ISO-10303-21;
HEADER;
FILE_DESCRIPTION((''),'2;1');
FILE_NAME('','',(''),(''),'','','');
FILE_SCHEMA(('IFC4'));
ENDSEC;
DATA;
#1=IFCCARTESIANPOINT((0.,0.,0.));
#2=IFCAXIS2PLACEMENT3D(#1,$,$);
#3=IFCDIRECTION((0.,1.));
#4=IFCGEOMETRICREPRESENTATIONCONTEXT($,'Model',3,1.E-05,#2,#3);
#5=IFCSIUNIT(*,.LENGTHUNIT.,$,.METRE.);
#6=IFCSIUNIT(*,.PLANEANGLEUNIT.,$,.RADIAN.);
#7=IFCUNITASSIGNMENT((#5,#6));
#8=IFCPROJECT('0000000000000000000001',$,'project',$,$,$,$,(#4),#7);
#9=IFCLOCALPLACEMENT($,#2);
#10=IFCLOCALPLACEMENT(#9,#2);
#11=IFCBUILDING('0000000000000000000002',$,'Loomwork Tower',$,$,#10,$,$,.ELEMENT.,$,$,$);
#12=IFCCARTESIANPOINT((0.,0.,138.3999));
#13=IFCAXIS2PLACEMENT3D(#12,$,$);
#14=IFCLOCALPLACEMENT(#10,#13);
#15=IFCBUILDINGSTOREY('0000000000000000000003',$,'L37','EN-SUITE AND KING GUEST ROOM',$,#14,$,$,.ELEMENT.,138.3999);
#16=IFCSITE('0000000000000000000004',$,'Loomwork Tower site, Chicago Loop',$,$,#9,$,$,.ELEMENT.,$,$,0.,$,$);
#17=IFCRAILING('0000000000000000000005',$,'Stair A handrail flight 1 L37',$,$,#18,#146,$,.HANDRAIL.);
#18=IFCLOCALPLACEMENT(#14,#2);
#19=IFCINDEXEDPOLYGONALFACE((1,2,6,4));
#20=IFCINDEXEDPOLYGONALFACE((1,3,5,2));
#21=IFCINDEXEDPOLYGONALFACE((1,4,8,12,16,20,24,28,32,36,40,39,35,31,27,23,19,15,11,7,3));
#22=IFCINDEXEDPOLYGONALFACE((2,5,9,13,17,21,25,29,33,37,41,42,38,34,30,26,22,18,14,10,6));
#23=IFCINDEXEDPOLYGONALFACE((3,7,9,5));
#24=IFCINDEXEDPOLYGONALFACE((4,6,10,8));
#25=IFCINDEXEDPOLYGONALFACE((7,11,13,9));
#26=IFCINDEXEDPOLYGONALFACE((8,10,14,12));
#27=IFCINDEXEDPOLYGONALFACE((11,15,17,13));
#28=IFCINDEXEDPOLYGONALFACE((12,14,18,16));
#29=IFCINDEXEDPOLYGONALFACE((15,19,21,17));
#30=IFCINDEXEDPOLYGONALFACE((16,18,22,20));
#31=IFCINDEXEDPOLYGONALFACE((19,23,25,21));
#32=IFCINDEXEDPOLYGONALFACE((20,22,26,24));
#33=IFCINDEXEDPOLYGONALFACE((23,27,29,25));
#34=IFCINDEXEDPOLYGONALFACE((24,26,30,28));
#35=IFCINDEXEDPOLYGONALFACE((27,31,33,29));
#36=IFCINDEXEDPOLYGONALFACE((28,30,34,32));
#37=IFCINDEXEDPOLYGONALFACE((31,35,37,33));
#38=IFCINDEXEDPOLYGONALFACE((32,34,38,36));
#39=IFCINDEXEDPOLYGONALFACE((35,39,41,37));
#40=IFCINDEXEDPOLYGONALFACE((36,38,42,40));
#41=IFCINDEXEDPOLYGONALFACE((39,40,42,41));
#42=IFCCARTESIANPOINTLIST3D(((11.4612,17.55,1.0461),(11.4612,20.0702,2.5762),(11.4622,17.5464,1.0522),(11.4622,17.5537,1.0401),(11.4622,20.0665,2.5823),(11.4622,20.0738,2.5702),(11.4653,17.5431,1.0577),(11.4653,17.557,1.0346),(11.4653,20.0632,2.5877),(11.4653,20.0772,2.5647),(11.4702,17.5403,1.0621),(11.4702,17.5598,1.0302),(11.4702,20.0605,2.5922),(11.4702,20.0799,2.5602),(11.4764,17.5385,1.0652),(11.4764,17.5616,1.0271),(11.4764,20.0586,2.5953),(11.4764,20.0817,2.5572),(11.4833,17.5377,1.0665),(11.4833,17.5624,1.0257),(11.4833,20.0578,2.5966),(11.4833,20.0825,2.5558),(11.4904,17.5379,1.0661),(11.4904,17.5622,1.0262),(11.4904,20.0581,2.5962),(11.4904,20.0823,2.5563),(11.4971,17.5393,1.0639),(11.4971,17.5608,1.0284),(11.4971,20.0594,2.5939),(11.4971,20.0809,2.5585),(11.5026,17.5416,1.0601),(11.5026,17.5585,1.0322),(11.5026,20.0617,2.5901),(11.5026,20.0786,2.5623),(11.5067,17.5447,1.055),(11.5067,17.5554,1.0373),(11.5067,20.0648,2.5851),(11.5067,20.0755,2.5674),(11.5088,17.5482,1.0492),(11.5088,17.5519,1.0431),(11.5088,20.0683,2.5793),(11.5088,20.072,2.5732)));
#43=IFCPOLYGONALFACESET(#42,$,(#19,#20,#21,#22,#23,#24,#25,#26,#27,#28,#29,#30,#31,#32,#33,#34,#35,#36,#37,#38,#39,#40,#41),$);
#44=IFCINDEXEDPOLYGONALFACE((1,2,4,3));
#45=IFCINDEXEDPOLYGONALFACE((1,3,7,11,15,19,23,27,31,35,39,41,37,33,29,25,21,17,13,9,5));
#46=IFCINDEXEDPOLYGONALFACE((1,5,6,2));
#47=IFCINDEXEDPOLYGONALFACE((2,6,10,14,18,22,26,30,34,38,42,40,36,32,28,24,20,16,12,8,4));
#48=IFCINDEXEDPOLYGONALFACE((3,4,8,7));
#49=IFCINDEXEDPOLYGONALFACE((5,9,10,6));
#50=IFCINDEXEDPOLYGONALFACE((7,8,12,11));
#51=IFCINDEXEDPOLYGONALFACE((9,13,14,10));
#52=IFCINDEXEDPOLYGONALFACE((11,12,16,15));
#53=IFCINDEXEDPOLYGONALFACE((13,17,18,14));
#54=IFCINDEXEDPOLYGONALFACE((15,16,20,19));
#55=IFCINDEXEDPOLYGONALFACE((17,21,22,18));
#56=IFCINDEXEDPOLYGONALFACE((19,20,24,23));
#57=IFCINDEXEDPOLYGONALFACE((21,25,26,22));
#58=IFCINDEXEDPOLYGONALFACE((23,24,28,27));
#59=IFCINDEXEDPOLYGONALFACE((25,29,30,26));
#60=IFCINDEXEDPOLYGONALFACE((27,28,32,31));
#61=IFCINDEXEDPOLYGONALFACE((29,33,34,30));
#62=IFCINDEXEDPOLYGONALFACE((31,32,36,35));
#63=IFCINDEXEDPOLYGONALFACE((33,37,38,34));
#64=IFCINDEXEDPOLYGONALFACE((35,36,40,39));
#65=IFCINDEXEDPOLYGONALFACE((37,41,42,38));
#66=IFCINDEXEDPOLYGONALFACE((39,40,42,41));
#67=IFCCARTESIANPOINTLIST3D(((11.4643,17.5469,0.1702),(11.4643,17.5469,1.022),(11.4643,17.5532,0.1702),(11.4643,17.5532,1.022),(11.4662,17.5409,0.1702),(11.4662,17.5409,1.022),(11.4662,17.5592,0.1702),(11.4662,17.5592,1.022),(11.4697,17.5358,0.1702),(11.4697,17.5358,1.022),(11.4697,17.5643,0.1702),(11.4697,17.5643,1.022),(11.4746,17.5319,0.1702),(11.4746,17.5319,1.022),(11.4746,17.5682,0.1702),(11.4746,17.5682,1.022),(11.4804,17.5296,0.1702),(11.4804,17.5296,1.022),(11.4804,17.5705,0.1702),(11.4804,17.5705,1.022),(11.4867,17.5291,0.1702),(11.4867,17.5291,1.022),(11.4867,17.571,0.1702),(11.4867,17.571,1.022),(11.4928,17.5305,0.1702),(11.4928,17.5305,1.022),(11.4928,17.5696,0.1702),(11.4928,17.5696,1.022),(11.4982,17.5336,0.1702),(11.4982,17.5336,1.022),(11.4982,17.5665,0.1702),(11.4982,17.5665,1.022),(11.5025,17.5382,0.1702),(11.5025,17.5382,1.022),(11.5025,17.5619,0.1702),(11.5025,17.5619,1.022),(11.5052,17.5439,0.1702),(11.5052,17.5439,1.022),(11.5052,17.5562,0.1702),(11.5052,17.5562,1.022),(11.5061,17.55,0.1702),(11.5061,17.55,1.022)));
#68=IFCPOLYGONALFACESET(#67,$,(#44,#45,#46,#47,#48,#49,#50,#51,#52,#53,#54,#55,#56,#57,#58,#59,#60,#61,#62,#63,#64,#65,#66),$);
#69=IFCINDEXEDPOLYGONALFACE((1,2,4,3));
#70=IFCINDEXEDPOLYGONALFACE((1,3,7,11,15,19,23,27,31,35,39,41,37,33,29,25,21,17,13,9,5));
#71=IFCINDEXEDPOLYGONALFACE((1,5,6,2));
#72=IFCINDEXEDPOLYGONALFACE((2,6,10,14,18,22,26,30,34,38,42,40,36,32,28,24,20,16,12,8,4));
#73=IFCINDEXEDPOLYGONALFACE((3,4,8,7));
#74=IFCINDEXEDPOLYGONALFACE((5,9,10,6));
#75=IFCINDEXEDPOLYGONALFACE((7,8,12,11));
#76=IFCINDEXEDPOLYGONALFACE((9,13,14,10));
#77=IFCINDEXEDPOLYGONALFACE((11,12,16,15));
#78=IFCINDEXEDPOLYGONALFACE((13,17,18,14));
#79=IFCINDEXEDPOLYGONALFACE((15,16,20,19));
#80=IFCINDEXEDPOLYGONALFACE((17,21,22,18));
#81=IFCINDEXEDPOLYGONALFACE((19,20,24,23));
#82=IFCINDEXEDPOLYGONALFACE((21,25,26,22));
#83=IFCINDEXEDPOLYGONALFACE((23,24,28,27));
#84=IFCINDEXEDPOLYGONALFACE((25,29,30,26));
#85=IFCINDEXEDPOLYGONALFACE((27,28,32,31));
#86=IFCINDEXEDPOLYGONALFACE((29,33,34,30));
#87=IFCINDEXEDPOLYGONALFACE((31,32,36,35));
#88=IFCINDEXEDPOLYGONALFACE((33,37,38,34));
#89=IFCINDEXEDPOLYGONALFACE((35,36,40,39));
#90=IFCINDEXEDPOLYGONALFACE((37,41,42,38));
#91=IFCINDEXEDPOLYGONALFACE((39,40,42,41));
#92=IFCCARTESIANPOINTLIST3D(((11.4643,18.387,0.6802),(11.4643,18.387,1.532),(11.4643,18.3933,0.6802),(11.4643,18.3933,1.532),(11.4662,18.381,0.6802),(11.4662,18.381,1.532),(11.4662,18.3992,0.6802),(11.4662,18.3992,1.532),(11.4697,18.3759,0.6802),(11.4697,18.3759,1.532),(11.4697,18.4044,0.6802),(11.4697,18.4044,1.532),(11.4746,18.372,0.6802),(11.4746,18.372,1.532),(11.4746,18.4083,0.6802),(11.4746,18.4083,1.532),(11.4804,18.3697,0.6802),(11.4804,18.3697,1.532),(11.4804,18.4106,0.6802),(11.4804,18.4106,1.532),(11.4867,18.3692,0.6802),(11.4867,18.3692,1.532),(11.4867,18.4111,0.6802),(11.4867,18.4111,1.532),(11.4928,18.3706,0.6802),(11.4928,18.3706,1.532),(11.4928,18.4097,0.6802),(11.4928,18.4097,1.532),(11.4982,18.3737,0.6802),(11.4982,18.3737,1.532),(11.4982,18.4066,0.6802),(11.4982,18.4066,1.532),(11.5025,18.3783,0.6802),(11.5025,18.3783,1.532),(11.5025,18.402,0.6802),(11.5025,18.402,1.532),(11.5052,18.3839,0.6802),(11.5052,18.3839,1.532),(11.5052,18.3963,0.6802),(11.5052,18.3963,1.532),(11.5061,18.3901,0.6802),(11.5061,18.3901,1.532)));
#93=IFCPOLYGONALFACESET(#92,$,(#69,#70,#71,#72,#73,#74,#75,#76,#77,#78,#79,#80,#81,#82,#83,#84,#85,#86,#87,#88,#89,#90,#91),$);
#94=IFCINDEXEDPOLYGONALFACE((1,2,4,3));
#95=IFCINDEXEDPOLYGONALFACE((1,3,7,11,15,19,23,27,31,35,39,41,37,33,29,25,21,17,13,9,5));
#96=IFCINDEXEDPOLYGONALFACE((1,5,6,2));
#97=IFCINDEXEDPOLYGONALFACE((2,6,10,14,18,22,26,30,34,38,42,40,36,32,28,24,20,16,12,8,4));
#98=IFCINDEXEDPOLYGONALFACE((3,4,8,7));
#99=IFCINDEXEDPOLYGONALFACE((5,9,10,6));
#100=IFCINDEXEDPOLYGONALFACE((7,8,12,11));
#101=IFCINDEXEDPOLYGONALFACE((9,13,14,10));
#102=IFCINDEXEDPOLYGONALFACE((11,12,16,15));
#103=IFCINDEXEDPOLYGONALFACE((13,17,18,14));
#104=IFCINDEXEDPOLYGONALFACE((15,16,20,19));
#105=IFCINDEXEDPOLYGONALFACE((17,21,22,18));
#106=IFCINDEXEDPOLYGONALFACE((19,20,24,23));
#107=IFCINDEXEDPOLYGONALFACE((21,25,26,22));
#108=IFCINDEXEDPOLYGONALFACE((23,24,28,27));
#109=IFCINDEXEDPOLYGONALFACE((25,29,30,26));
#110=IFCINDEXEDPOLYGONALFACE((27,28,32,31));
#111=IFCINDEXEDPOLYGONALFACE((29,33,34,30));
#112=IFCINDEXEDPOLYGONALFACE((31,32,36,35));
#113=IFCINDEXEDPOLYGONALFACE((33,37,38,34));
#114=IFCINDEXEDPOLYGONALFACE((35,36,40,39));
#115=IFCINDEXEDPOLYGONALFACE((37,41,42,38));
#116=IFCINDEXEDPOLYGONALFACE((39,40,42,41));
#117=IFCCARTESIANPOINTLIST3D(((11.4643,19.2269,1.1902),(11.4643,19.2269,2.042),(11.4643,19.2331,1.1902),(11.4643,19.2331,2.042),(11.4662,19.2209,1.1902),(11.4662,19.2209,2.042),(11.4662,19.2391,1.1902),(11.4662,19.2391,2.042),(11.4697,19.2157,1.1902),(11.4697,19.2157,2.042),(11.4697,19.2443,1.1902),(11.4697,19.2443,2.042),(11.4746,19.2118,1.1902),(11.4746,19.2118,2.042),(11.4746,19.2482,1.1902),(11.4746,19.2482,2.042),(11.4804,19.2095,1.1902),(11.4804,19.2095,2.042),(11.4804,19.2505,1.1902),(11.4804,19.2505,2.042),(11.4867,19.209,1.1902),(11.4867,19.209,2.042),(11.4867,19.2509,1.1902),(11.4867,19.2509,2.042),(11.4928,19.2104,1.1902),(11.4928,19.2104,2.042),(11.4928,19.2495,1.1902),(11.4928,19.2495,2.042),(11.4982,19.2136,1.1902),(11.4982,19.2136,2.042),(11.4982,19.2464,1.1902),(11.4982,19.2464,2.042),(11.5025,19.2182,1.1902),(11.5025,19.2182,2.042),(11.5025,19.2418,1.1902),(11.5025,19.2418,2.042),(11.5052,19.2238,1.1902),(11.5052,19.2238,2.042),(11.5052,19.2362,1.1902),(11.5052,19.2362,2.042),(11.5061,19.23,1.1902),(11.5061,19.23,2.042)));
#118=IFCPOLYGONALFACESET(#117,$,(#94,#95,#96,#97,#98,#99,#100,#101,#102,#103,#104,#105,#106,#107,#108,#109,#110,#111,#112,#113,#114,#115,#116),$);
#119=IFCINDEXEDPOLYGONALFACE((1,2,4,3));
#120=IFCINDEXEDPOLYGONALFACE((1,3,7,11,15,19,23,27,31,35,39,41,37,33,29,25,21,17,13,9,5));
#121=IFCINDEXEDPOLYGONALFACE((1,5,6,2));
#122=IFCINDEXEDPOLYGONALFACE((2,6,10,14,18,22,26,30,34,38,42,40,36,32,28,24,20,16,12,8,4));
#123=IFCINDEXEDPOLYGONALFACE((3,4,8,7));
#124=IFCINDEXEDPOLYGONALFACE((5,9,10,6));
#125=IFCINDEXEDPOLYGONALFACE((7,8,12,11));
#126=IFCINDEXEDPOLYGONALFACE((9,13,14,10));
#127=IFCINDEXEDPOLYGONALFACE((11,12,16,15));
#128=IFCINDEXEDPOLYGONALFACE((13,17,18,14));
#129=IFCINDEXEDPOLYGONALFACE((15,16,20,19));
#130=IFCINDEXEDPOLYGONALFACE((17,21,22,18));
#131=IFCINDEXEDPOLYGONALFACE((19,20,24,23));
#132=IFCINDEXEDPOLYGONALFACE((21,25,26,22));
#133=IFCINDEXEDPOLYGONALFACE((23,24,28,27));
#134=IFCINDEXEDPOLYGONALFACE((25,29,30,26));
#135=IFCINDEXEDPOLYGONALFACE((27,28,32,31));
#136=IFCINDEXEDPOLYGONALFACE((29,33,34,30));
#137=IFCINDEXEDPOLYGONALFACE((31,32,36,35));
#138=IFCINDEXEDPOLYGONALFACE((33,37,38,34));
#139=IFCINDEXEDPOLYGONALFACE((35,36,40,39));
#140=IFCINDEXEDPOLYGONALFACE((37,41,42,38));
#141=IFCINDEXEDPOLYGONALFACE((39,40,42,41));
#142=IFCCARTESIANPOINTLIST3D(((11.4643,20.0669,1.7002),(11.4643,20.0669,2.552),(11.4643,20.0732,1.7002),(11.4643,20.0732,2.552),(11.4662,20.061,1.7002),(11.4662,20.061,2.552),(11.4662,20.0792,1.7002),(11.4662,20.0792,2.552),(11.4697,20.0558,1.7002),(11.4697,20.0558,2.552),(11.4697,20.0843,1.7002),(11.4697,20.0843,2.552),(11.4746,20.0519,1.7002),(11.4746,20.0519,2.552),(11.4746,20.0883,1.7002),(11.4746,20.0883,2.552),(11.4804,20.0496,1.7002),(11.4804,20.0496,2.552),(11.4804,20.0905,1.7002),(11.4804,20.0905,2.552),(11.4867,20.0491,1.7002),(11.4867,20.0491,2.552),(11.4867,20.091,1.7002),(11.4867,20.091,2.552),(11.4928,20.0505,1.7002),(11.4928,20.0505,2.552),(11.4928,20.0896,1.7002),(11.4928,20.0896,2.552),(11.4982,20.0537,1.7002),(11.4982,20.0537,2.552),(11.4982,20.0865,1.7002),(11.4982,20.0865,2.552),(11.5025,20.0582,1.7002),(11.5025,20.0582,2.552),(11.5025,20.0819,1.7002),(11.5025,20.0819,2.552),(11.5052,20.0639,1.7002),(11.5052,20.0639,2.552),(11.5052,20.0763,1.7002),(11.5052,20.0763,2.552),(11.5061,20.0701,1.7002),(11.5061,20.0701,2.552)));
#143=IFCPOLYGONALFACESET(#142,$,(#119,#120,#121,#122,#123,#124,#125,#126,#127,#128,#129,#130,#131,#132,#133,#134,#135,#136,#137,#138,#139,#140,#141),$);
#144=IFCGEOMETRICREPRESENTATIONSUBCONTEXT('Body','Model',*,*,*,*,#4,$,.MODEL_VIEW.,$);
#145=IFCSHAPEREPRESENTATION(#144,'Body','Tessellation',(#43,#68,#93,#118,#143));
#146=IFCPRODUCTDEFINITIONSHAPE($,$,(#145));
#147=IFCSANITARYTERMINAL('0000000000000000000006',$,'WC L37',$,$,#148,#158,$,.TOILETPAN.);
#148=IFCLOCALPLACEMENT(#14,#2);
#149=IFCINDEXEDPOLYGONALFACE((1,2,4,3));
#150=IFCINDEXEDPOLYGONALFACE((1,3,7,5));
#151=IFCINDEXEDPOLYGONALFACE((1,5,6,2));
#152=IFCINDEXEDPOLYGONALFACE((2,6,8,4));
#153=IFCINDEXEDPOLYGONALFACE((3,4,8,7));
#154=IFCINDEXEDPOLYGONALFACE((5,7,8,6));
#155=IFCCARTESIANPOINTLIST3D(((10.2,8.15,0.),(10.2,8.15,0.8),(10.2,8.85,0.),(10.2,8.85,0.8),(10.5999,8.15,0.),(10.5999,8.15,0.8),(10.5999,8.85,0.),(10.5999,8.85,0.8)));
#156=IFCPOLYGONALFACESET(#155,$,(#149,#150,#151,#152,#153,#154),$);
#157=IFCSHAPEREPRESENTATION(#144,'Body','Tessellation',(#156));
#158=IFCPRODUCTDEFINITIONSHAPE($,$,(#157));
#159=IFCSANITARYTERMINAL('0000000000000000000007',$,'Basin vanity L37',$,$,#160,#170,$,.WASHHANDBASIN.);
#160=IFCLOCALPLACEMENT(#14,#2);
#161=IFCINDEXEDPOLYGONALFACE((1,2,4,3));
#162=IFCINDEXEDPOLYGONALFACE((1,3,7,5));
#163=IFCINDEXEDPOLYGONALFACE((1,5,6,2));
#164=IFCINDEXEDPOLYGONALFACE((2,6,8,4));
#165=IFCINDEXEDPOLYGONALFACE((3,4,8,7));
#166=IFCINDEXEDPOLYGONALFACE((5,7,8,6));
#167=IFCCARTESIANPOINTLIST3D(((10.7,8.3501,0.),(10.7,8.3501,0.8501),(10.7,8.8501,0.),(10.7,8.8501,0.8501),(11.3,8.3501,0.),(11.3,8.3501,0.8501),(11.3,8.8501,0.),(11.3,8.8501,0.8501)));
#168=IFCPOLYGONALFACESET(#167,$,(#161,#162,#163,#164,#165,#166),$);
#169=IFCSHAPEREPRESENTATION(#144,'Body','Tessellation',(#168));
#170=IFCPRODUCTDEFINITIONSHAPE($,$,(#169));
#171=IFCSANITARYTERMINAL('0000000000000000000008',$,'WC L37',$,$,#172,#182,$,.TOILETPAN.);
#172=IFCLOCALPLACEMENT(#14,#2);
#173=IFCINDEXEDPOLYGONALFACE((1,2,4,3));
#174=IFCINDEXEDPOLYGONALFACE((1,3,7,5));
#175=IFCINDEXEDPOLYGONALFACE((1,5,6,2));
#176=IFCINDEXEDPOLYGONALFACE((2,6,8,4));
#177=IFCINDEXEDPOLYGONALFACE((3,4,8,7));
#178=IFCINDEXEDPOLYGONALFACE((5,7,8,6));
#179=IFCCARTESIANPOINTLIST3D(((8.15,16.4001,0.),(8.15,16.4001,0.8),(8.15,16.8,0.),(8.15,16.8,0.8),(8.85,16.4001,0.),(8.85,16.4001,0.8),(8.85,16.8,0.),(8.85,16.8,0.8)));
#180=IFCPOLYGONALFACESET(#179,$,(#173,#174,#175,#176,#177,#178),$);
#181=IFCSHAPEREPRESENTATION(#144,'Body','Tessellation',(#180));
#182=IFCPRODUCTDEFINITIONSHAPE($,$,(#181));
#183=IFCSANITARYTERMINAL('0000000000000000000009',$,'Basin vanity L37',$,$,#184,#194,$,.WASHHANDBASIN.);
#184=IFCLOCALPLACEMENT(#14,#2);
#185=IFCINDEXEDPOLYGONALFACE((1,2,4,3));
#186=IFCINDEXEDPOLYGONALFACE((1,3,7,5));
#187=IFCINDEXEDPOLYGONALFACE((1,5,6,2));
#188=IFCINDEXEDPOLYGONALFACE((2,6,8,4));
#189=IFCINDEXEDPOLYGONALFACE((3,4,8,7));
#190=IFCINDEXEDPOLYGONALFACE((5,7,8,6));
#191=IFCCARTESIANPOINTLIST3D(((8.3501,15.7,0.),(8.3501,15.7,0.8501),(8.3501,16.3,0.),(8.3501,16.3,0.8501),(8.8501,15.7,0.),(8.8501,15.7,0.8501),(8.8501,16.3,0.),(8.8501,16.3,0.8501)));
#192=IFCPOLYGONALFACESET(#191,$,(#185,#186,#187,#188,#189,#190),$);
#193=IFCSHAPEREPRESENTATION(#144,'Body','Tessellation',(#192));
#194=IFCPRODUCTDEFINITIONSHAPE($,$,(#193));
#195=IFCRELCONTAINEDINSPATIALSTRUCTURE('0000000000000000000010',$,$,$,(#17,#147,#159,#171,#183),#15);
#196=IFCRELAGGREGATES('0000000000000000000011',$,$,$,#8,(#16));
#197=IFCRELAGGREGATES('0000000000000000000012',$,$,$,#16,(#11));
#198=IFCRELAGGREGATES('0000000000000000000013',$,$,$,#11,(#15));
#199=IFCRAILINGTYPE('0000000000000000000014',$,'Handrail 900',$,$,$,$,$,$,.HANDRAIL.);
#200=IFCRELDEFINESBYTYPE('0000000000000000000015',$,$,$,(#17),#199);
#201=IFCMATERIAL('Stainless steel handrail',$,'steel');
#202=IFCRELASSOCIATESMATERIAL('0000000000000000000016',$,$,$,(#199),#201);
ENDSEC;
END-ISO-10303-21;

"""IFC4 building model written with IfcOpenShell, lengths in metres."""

from ifc_helpers import new_model, si_unit, direction, frame, origin, origin_2d, place, context, subcontext, project, spatial, rectangle, circle, extrude, material, type_object, element, save


model = new_model("IFC4")

# Units and contexts
model_context = context("Model", 3, precision=1e-05, world=origin(), true_north=direction((0.0, 1.0)))
body_context = subcontext(model_context, "Body", "Model", "MODEL_VIEW")
ifc_project = project(units=[si_unit("LENGTHUNIT", "METRE"), si_unit("PLANEANGLEUNIT", "RADIAN")], contexts=[model_context])

# Site, building, storey
site_placement = place(None, origin())
site = spatial("IfcSite", under=ifc_project, at=site_placement, Name="Loomwork Tower site, Chicago Loop", CompositionType="ELEMENT", RefElevation=0.0)
building_placement = place(site_placement, origin())
building = spatial("IfcBuilding", under=site, at=building_placement, Name="Loomwork Tower", CompositionType="ELEMENT")
storey_placement = place(building_placement, frame((0.0, 0.0, 138.3999)))
storey = spatial("IfcBuildingStorey", under=building, at=storey_placement, Name="L37", Description="EN-SUITE AND KING GUEST ROOM", CompositionType="ELEMENT", Elevation=138.3999)

# Railing
ifc_material_1 = material(Name="Stainless steel handrail", Category="steel")
railing_type = type_object("IfcRailingType", Name="Handrail 900", PredefinedType="HANDRAIL", material=ifc_material_1)
railing_placement = place(storey_placement, frame((11.4851, 17.55, 0.1702)))
element("IfcRailing", 1, at=railing_placement, inside=storey, type_object=railing_type, Name="Stair A handrail flight 1 L37", PredefinedType="HANDRAIL", context=body_context, shape_type="SweptSolid", body=[
    extrude(circle(Radius=0.0239, at=origin_2d()), frame((0.0, 0.0, 0.876), z_axis=(0.0, 0.854785, 0.518982), x_axis=(-1.0, 0.0, 0.0)), (0.0, 0.0, 1.0), 2.9482),
    extrude(circle(Radius=0.021, at=origin_2d()), origin(), (0.0, 0.0, 1.0), 0.8518),
    extrude(circle(Radius=0.021, at=origin_2d()), frame((0.0, 0.8401, 0.51)), (0.0, 0.0, 1.0), 0.8518),
    extrude(circle(Radius=0.021, at=origin_2d()), frame((0.0, 1.6799, 1.02)), (0.0, 0.0, 1.0), 0.8518),
    extrude(circle(Radius=0.021, at=origin_2d()), frame((0.0, 2.52, 1.53)), (0.0, 0.0, 1.0), 0.8518),
])

# Sanitary terminals
sanitary_terminal_1_placement = place(storey_placement, frame((10.3999, 8.5, 0.0), z_axis=(0.0, 0.0, 1.0), x_axis=(1.0, 0.0, 0.0)))
element("IfcSanitaryTerminal", 2, at=sanitary_terminal_1_placement, inside=storey, Name="WC L37", PredefinedType="TOILETPAN", context=body_context, shape_type="SweptSolid", body=[
    extrude(rectangle(XDim=0.3999, YDim=0.7, at=origin_2d()), origin(), (0.0, 0.0, 1.0), 0.8),
])
sanitary_terminal_2_placement = place(storey_placement, frame((11.0, 8.6001, 0.0), z_axis=(0.0, 0.0, 1.0), x_axis=(1.0, 0.0, 0.0)))
element("IfcSanitaryTerminal", 3, at=sanitary_terminal_2_placement, inside=storey, Name="Basin vanity L37", PredefinedType="WASHHANDBASIN", context=body_context, shape_type="SweptSolid", body=[
    extrude(rectangle(XDim=0.6001, YDim=0.5, at=origin_2d()), origin(), (0.0, 0.0, 1.0), 0.8501),
])
sanitary_terminal_3_placement = place(storey_placement, frame((8.5, 16.6001, 0.0), z_axis=(0.0, 0.0, 1.0), x_axis=(1.0, 0.0, 0.0)))
element("IfcSanitaryTerminal", 4, at=sanitary_terminal_3_placement, inside=storey, Name="WC L37", PredefinedType="TOILETPAN", context=body_context, shape_type="SweptSolid", body=[
    extrude(rectangle(XDim=0.7, YDim=0.3999, at=origin_2d()), origin(), (0.0, 0.0, 1.0), 0.8),
])
sanitary_terminal_4_placement = place(storey_placement, frame((8.6001, 16.0, 0.0), z_axis=(0.0, 0.0, 1.0), x_axis=(1.0, 0.0, 0.0)))
element("IfcSanitaryTerminal", 5, at=sanitary_terminal_4_placement, inside=storey, Name="Basin vanity L37", PredefinedType="WASHHANDBASIN", context=body_context, shape_type="SweptSolid", body=[
    extrude(rectangle(XDim=0.5, YDim=0.6001, at=origin_2d()), origin(), (0.0, 0.0, 1.0), 0.8501),
])

save(model, "model.ifc")
